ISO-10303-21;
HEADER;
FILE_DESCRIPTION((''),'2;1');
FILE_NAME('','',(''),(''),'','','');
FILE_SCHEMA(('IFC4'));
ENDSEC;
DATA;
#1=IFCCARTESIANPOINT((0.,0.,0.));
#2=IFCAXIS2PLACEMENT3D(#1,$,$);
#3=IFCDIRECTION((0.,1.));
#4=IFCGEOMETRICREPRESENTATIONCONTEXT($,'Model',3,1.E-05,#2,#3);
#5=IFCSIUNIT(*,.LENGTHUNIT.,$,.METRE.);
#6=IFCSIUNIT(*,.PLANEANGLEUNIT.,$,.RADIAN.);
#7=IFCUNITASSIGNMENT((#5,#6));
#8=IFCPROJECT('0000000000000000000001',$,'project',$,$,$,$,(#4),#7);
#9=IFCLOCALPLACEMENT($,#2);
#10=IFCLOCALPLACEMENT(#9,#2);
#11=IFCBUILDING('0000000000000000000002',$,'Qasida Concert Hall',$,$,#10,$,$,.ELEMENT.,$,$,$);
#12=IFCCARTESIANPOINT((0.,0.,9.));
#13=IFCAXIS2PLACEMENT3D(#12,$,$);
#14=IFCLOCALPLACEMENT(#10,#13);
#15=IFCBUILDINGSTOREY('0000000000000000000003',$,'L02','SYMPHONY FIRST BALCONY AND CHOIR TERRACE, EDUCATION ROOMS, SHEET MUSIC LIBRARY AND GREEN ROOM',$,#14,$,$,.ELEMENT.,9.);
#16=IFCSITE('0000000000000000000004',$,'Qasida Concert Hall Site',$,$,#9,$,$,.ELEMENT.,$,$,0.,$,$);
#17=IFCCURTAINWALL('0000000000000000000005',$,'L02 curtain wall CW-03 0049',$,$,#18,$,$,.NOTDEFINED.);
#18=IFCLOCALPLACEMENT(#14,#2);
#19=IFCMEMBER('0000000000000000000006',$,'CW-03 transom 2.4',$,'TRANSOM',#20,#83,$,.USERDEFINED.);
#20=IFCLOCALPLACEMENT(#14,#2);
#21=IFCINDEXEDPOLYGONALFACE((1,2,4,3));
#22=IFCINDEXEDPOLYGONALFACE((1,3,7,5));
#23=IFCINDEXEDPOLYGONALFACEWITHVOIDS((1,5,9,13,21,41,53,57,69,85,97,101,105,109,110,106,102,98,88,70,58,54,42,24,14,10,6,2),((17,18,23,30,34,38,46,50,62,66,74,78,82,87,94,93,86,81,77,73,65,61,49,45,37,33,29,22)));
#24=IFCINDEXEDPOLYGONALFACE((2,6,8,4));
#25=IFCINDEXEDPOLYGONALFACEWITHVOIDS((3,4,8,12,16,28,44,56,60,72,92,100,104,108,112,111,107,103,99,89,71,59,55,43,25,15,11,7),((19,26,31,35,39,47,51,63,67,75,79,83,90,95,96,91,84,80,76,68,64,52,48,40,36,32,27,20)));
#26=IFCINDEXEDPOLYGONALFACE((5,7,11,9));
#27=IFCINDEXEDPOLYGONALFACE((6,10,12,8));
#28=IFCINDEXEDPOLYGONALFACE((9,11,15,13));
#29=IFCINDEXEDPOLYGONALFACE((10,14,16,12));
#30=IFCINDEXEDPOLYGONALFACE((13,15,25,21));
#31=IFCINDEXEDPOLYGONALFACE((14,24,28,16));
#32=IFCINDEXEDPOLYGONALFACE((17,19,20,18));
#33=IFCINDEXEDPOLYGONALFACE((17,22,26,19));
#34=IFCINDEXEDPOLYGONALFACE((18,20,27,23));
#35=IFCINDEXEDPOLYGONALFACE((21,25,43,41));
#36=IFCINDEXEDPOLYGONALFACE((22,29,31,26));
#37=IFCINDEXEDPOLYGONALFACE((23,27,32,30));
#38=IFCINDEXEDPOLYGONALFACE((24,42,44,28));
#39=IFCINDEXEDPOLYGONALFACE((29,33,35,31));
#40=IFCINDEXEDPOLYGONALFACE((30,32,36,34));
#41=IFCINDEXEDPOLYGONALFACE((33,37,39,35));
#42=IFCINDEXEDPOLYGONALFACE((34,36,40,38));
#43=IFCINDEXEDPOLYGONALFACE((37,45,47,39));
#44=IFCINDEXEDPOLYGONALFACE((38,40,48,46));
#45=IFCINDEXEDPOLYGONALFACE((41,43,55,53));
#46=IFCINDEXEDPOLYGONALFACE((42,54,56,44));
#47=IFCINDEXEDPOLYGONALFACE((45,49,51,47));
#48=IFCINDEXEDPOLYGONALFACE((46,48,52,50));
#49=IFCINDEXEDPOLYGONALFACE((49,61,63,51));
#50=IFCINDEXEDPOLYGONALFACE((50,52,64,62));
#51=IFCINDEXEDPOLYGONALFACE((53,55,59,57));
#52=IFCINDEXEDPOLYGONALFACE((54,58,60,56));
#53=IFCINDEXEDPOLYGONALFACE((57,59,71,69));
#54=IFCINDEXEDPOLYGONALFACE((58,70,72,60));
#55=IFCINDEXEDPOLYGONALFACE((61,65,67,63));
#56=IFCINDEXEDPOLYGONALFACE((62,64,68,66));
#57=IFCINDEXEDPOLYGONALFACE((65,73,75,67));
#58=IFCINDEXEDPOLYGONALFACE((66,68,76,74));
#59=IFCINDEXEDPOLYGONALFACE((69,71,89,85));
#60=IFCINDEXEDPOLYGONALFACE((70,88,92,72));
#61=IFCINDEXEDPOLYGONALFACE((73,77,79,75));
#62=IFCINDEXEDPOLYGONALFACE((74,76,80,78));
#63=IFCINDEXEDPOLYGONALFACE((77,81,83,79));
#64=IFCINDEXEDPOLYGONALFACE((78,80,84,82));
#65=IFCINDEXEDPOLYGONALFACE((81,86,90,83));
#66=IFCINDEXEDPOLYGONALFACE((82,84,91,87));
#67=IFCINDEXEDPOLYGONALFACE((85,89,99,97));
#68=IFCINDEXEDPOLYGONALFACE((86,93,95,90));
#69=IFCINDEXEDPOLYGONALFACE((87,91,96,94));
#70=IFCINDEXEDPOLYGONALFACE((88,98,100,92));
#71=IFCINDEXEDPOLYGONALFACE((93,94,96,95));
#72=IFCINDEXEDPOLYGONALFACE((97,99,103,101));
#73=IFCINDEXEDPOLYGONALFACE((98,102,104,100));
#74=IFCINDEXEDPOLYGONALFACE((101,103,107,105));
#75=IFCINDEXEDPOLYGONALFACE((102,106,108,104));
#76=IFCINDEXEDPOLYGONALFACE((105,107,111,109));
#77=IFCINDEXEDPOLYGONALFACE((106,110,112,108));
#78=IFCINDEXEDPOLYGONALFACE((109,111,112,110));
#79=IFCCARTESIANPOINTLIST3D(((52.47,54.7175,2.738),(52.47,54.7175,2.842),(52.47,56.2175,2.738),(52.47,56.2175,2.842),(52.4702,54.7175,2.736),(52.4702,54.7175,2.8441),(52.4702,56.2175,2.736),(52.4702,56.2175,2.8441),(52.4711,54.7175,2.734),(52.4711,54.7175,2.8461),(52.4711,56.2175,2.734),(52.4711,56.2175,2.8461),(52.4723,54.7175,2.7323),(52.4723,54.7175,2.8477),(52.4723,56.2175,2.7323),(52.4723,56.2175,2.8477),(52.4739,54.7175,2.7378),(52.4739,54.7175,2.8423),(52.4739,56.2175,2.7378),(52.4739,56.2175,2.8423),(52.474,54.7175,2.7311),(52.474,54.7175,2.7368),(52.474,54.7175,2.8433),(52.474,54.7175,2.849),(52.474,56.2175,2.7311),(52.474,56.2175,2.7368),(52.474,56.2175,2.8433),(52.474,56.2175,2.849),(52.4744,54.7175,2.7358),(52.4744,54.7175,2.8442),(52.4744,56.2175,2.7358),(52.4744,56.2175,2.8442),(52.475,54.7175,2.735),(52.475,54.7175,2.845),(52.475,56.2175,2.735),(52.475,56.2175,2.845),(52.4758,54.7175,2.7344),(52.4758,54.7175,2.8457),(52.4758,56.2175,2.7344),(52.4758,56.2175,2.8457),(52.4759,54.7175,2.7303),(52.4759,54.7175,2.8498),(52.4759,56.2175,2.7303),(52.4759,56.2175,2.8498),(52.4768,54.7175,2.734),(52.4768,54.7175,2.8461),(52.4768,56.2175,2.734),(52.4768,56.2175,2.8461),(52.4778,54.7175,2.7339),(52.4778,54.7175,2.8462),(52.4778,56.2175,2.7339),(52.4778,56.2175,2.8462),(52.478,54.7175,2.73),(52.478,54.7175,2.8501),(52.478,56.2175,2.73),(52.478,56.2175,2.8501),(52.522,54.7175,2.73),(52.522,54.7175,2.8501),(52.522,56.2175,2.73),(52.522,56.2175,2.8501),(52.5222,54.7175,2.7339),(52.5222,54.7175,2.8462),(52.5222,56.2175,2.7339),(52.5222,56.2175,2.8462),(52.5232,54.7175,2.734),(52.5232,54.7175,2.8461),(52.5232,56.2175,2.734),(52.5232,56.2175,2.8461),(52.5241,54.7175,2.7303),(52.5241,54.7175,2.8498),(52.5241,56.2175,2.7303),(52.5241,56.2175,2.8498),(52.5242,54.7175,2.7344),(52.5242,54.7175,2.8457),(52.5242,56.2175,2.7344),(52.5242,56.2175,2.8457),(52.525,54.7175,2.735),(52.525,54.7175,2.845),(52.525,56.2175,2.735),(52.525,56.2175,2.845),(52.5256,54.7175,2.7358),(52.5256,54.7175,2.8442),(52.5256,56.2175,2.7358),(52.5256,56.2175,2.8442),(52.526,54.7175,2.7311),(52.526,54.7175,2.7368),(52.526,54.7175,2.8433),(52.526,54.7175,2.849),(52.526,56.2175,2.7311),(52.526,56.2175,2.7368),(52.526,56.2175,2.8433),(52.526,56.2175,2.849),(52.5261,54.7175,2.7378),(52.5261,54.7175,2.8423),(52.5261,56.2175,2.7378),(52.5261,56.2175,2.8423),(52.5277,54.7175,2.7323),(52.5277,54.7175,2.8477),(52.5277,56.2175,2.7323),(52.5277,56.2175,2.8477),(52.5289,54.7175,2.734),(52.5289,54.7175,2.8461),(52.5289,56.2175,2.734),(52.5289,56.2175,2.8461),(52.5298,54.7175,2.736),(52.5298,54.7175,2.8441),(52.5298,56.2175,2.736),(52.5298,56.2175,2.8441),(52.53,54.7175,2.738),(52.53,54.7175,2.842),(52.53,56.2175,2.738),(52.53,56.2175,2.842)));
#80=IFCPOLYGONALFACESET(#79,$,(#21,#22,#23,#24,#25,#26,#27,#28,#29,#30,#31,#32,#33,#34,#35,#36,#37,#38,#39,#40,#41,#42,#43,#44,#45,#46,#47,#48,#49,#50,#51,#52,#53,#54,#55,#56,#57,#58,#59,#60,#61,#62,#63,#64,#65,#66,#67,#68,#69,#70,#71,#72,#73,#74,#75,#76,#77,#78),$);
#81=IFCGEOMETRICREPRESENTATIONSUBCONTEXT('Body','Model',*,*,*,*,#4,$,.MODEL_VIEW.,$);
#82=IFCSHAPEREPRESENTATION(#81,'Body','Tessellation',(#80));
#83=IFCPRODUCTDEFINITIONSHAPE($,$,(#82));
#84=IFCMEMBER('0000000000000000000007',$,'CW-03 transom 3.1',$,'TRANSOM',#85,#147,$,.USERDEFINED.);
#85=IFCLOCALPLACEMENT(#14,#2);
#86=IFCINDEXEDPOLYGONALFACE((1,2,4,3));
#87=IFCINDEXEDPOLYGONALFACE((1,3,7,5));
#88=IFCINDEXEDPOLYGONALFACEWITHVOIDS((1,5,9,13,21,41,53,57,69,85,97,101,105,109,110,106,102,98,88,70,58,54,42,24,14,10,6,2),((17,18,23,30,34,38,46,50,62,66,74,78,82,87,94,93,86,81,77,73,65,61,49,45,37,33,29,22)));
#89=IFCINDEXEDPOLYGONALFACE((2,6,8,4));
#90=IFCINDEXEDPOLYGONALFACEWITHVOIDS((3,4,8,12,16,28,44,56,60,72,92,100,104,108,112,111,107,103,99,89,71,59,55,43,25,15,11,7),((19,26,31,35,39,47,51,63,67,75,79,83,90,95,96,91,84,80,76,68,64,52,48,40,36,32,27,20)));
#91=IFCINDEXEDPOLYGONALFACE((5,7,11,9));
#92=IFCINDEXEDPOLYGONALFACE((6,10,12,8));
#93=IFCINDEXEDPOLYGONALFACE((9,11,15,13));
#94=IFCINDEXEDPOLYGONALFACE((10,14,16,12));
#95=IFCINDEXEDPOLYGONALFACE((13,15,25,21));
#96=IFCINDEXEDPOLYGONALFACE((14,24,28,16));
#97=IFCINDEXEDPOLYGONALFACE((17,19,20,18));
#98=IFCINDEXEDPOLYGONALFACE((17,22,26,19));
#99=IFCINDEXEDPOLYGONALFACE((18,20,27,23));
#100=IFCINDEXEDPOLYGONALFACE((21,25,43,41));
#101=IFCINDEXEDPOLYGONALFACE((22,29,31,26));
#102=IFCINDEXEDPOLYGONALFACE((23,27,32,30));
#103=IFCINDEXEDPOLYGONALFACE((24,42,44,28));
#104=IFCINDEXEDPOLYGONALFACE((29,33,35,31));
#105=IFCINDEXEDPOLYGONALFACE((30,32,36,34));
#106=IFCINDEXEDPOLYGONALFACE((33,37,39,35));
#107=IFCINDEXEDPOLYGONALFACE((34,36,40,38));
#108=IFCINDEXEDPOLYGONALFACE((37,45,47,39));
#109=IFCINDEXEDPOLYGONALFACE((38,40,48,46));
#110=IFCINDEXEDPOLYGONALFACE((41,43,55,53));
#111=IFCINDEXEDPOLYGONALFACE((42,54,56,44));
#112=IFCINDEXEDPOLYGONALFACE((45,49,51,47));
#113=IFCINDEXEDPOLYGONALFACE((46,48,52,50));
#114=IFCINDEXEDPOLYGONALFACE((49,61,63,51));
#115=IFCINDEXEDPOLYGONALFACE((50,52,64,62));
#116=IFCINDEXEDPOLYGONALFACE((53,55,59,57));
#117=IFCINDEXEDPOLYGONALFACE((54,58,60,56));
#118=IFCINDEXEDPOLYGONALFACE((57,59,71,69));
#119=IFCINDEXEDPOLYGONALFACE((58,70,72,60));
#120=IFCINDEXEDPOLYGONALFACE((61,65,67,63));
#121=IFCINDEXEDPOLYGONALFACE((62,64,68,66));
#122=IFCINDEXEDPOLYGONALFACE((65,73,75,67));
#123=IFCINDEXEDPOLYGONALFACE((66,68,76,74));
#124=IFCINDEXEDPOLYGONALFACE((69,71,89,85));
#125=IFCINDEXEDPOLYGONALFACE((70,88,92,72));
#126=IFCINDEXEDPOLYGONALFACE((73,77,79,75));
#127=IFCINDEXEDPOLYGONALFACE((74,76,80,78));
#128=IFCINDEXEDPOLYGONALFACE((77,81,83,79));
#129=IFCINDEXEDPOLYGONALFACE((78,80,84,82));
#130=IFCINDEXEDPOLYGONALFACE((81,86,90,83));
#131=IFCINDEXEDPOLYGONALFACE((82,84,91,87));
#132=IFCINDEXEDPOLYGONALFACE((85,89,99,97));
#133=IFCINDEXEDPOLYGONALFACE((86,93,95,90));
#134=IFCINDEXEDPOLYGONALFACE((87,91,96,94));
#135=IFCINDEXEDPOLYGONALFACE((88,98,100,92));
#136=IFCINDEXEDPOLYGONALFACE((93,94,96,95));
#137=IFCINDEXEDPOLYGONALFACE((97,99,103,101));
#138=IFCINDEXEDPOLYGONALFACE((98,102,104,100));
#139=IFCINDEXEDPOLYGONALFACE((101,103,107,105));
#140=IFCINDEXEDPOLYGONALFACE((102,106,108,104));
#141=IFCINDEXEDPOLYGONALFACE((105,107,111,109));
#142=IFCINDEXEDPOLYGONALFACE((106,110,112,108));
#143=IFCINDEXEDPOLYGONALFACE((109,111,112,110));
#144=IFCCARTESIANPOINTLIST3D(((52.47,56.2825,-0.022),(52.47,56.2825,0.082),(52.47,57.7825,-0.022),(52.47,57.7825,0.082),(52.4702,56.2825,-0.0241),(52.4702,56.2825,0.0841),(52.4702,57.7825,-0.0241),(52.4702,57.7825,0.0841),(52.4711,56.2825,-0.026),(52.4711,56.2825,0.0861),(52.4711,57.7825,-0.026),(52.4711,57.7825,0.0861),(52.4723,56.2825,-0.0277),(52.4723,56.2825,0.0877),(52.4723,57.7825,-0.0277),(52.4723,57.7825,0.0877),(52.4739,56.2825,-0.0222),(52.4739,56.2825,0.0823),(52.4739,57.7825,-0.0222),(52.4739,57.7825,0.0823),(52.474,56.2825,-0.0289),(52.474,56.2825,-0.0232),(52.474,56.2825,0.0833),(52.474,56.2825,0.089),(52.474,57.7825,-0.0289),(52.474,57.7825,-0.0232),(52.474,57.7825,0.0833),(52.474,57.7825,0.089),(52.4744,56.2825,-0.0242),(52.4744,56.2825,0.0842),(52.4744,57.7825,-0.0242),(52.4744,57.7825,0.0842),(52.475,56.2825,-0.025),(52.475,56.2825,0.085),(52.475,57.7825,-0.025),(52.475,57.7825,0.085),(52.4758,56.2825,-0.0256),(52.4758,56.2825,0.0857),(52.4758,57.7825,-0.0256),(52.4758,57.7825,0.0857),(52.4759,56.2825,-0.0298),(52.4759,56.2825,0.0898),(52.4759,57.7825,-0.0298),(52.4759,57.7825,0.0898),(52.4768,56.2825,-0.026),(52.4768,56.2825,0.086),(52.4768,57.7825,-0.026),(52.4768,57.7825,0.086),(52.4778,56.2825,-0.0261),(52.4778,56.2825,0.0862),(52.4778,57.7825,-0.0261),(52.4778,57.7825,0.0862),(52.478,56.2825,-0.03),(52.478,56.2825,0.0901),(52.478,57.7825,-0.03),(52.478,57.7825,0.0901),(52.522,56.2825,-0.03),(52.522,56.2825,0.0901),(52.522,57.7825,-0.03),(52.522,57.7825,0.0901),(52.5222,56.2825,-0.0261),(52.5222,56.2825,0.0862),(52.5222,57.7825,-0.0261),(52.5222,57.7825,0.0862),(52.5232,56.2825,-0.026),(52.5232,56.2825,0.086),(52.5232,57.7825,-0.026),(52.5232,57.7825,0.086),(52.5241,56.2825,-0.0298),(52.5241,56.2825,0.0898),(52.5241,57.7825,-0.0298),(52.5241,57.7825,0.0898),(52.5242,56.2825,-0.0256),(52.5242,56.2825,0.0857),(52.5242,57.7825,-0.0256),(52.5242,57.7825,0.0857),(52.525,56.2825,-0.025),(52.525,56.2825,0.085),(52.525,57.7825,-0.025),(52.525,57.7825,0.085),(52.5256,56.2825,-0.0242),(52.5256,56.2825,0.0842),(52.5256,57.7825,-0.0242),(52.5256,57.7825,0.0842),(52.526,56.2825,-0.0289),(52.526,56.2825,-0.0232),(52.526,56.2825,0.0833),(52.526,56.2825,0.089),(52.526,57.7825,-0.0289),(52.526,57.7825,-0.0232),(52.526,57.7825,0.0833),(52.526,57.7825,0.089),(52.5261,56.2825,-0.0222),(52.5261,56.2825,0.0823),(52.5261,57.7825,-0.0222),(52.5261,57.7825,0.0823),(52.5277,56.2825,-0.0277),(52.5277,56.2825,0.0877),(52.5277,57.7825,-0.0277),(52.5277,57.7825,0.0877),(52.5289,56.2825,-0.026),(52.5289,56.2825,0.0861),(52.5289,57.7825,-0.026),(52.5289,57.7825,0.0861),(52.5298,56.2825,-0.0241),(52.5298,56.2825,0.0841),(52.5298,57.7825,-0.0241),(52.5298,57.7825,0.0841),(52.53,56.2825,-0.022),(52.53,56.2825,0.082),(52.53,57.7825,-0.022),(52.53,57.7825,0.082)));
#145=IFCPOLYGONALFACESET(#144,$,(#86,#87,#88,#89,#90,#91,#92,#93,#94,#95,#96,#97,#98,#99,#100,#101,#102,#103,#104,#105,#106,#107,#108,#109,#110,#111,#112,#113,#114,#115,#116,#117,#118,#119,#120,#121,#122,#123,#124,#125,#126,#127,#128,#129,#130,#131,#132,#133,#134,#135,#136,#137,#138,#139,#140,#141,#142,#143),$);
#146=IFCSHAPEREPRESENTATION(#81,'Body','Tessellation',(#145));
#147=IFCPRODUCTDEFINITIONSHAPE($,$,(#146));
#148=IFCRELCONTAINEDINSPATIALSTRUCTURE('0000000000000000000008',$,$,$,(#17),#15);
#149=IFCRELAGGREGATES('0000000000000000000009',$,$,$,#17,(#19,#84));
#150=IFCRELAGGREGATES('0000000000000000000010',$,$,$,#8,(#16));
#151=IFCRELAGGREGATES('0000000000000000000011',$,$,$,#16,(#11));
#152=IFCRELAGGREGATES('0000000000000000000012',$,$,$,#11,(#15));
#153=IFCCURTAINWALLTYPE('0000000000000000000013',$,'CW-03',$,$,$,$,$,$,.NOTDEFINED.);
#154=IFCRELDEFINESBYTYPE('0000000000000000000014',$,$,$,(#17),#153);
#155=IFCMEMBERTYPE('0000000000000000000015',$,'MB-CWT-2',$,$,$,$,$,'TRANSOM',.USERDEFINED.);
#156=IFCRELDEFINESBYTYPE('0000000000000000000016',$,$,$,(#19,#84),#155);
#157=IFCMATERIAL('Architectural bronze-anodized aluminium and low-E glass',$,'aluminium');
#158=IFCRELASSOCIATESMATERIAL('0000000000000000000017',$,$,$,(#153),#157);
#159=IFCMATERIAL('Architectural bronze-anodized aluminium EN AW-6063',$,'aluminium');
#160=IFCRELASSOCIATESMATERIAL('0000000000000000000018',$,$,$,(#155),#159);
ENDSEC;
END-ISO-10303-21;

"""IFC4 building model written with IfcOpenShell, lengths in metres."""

from ifc_helpers import new_model, si_unit, direction, frame, origin, origin_2d, place, context, subcontext, project, spatial, hollow_rectangle, extrude, material, material_profile, profile_set, type_object, element, aggregate, save


model = new_model("IFC4")

# Units and contexts
model_context = context("Model", 3, precision=1e-05, world=origin(), true_north=direction((0.0, 1.0)))
body_context = subcontext(model_context, "Body", "Model", "MODEL_VIEW")
ifc_project = project(units=[si_unit("LENGTHUNIT", "METRE"), si_unit("PLANEANGLEUNIT", "RADIAN")], contexts=[model_context])

# Site, building, storey
site_placement = place(None, origin())
site = spatial("IfcSite", under=ifc_project, at=site_placement, Name="Qasida Concert Hall Site", CompositionType="ELEMENT", RefElevation=0.0)
building_placement = place(site_placement, origin())
building = spatial("IfcBuilding", under=site, at=building_placement, Name="Qasida Concert Hall", CompositionType="ELEMENT")
storey_placement = place(building_placement, frame((0.0, 0.0, 9.0)))
storey = spatial("IfcBuildingStorey", under=building, at=storey_placement, Name="L02", Description="SYMPHONY FIRST BALCONY AND CHOIR TERRACE, EDUCATION ROOMS, SHEET MUSIC LIBRARY AND GREEN ROOM", CompositionType="ELEMENT", Elevation=9.0)

# Curtain wall, members
ifc_material_1 = material(Name="Architectural bronze-anodized aluminium and low-E glass", Category="aluminium")
curtain_wall_type = type_object("IfcCurtainWallType", Name="CW-03", PredefinedType="NOTDEFINED", material=ifc_material_1)
curtain_wall_placement = place(storey_placement, origin())
curtain_wall = element("IfcCurtainWall", 1, at=curtain_wall_placement, inside=storey, type_object=curtain_wall_type, Name="L02 curtain wall CW-03 0049", PredefinedType="NOTDEFINED")
ifc_material_2 = material(Name="Architectural bronze-anodized aluminium EN AW-6063", Category="aluminium")
ifc_material_profile = material_profile(ifc_material_2, hollow_rectangle(XDim=0.0601, YDim=0.1201, WallThickness=0.0039, InnerFilletRadius=0.0039, OuterFilletRadius=0.0081, at=origin_2d()), Name="CWT 120x60x4")
ifc_profile_set = profile_set([ifc_material_profile], Name="Architectural bronze-anodized aluminium EN AW-6063")
member_type = type_object("IfcMemberType", Name="MB-CWT-2", ElementType="TRANSOM", PredefinedType="USERDEFINED", material=ifc_profile_set)
member_1_placement = place(storey_placement, frame((52.5, 54.7175, 2.79), z_axis=(0.0, 1.0, 0.0), x_axis=(-1.0, 0.0, 0.0)))
member_1 = element("IfcMember", 2, at=member_1_placement, type_object=member_type, Name="CW-03 transom 2.4", ObjectType="TRANSOM", PredefinedType="USERDEFINED", context=body_context, shape_type="SweptSolid", body=[
    extrude(hollow_rectangle(XDim=0.0601, YDim=0.1201, WallThickness=0.0039, InnerFilletRadius=0.0039, OuterFilletRadius=0.0081, at=origin_2d()), origin(), (0.0, 0.0, 1.0), 1.5),
])
member_2_placement = place(storey_placement, frame((52.5, 56.2825, 0.03), z_axis=(0.0, 1.0, 0.0), x_axis=(-1.0, 0.0, 0.0)))
member_2 = element("IfcMember", 3, at=member_2_placement, type_object=member_type, Name="CW-03 transom 3.1", ObjectType="TRANSOM", PredefinedType="USERDEFINED", context=body_context, shape_type="SweptSolid", body=[
    extrude(hollow_rectangle(XDim=0.0601, YDim=0.1201, WallThickness=0.0039, InnerFilletRadius=0.0039, OuterFilletRadius=0.0081, at=origin_2d()), origin(), (0.0, 0.0, 1.0), 1.5),
])
aggregate(curtain_wall, [member_1, member_2])

save(model, "model.ifc")
